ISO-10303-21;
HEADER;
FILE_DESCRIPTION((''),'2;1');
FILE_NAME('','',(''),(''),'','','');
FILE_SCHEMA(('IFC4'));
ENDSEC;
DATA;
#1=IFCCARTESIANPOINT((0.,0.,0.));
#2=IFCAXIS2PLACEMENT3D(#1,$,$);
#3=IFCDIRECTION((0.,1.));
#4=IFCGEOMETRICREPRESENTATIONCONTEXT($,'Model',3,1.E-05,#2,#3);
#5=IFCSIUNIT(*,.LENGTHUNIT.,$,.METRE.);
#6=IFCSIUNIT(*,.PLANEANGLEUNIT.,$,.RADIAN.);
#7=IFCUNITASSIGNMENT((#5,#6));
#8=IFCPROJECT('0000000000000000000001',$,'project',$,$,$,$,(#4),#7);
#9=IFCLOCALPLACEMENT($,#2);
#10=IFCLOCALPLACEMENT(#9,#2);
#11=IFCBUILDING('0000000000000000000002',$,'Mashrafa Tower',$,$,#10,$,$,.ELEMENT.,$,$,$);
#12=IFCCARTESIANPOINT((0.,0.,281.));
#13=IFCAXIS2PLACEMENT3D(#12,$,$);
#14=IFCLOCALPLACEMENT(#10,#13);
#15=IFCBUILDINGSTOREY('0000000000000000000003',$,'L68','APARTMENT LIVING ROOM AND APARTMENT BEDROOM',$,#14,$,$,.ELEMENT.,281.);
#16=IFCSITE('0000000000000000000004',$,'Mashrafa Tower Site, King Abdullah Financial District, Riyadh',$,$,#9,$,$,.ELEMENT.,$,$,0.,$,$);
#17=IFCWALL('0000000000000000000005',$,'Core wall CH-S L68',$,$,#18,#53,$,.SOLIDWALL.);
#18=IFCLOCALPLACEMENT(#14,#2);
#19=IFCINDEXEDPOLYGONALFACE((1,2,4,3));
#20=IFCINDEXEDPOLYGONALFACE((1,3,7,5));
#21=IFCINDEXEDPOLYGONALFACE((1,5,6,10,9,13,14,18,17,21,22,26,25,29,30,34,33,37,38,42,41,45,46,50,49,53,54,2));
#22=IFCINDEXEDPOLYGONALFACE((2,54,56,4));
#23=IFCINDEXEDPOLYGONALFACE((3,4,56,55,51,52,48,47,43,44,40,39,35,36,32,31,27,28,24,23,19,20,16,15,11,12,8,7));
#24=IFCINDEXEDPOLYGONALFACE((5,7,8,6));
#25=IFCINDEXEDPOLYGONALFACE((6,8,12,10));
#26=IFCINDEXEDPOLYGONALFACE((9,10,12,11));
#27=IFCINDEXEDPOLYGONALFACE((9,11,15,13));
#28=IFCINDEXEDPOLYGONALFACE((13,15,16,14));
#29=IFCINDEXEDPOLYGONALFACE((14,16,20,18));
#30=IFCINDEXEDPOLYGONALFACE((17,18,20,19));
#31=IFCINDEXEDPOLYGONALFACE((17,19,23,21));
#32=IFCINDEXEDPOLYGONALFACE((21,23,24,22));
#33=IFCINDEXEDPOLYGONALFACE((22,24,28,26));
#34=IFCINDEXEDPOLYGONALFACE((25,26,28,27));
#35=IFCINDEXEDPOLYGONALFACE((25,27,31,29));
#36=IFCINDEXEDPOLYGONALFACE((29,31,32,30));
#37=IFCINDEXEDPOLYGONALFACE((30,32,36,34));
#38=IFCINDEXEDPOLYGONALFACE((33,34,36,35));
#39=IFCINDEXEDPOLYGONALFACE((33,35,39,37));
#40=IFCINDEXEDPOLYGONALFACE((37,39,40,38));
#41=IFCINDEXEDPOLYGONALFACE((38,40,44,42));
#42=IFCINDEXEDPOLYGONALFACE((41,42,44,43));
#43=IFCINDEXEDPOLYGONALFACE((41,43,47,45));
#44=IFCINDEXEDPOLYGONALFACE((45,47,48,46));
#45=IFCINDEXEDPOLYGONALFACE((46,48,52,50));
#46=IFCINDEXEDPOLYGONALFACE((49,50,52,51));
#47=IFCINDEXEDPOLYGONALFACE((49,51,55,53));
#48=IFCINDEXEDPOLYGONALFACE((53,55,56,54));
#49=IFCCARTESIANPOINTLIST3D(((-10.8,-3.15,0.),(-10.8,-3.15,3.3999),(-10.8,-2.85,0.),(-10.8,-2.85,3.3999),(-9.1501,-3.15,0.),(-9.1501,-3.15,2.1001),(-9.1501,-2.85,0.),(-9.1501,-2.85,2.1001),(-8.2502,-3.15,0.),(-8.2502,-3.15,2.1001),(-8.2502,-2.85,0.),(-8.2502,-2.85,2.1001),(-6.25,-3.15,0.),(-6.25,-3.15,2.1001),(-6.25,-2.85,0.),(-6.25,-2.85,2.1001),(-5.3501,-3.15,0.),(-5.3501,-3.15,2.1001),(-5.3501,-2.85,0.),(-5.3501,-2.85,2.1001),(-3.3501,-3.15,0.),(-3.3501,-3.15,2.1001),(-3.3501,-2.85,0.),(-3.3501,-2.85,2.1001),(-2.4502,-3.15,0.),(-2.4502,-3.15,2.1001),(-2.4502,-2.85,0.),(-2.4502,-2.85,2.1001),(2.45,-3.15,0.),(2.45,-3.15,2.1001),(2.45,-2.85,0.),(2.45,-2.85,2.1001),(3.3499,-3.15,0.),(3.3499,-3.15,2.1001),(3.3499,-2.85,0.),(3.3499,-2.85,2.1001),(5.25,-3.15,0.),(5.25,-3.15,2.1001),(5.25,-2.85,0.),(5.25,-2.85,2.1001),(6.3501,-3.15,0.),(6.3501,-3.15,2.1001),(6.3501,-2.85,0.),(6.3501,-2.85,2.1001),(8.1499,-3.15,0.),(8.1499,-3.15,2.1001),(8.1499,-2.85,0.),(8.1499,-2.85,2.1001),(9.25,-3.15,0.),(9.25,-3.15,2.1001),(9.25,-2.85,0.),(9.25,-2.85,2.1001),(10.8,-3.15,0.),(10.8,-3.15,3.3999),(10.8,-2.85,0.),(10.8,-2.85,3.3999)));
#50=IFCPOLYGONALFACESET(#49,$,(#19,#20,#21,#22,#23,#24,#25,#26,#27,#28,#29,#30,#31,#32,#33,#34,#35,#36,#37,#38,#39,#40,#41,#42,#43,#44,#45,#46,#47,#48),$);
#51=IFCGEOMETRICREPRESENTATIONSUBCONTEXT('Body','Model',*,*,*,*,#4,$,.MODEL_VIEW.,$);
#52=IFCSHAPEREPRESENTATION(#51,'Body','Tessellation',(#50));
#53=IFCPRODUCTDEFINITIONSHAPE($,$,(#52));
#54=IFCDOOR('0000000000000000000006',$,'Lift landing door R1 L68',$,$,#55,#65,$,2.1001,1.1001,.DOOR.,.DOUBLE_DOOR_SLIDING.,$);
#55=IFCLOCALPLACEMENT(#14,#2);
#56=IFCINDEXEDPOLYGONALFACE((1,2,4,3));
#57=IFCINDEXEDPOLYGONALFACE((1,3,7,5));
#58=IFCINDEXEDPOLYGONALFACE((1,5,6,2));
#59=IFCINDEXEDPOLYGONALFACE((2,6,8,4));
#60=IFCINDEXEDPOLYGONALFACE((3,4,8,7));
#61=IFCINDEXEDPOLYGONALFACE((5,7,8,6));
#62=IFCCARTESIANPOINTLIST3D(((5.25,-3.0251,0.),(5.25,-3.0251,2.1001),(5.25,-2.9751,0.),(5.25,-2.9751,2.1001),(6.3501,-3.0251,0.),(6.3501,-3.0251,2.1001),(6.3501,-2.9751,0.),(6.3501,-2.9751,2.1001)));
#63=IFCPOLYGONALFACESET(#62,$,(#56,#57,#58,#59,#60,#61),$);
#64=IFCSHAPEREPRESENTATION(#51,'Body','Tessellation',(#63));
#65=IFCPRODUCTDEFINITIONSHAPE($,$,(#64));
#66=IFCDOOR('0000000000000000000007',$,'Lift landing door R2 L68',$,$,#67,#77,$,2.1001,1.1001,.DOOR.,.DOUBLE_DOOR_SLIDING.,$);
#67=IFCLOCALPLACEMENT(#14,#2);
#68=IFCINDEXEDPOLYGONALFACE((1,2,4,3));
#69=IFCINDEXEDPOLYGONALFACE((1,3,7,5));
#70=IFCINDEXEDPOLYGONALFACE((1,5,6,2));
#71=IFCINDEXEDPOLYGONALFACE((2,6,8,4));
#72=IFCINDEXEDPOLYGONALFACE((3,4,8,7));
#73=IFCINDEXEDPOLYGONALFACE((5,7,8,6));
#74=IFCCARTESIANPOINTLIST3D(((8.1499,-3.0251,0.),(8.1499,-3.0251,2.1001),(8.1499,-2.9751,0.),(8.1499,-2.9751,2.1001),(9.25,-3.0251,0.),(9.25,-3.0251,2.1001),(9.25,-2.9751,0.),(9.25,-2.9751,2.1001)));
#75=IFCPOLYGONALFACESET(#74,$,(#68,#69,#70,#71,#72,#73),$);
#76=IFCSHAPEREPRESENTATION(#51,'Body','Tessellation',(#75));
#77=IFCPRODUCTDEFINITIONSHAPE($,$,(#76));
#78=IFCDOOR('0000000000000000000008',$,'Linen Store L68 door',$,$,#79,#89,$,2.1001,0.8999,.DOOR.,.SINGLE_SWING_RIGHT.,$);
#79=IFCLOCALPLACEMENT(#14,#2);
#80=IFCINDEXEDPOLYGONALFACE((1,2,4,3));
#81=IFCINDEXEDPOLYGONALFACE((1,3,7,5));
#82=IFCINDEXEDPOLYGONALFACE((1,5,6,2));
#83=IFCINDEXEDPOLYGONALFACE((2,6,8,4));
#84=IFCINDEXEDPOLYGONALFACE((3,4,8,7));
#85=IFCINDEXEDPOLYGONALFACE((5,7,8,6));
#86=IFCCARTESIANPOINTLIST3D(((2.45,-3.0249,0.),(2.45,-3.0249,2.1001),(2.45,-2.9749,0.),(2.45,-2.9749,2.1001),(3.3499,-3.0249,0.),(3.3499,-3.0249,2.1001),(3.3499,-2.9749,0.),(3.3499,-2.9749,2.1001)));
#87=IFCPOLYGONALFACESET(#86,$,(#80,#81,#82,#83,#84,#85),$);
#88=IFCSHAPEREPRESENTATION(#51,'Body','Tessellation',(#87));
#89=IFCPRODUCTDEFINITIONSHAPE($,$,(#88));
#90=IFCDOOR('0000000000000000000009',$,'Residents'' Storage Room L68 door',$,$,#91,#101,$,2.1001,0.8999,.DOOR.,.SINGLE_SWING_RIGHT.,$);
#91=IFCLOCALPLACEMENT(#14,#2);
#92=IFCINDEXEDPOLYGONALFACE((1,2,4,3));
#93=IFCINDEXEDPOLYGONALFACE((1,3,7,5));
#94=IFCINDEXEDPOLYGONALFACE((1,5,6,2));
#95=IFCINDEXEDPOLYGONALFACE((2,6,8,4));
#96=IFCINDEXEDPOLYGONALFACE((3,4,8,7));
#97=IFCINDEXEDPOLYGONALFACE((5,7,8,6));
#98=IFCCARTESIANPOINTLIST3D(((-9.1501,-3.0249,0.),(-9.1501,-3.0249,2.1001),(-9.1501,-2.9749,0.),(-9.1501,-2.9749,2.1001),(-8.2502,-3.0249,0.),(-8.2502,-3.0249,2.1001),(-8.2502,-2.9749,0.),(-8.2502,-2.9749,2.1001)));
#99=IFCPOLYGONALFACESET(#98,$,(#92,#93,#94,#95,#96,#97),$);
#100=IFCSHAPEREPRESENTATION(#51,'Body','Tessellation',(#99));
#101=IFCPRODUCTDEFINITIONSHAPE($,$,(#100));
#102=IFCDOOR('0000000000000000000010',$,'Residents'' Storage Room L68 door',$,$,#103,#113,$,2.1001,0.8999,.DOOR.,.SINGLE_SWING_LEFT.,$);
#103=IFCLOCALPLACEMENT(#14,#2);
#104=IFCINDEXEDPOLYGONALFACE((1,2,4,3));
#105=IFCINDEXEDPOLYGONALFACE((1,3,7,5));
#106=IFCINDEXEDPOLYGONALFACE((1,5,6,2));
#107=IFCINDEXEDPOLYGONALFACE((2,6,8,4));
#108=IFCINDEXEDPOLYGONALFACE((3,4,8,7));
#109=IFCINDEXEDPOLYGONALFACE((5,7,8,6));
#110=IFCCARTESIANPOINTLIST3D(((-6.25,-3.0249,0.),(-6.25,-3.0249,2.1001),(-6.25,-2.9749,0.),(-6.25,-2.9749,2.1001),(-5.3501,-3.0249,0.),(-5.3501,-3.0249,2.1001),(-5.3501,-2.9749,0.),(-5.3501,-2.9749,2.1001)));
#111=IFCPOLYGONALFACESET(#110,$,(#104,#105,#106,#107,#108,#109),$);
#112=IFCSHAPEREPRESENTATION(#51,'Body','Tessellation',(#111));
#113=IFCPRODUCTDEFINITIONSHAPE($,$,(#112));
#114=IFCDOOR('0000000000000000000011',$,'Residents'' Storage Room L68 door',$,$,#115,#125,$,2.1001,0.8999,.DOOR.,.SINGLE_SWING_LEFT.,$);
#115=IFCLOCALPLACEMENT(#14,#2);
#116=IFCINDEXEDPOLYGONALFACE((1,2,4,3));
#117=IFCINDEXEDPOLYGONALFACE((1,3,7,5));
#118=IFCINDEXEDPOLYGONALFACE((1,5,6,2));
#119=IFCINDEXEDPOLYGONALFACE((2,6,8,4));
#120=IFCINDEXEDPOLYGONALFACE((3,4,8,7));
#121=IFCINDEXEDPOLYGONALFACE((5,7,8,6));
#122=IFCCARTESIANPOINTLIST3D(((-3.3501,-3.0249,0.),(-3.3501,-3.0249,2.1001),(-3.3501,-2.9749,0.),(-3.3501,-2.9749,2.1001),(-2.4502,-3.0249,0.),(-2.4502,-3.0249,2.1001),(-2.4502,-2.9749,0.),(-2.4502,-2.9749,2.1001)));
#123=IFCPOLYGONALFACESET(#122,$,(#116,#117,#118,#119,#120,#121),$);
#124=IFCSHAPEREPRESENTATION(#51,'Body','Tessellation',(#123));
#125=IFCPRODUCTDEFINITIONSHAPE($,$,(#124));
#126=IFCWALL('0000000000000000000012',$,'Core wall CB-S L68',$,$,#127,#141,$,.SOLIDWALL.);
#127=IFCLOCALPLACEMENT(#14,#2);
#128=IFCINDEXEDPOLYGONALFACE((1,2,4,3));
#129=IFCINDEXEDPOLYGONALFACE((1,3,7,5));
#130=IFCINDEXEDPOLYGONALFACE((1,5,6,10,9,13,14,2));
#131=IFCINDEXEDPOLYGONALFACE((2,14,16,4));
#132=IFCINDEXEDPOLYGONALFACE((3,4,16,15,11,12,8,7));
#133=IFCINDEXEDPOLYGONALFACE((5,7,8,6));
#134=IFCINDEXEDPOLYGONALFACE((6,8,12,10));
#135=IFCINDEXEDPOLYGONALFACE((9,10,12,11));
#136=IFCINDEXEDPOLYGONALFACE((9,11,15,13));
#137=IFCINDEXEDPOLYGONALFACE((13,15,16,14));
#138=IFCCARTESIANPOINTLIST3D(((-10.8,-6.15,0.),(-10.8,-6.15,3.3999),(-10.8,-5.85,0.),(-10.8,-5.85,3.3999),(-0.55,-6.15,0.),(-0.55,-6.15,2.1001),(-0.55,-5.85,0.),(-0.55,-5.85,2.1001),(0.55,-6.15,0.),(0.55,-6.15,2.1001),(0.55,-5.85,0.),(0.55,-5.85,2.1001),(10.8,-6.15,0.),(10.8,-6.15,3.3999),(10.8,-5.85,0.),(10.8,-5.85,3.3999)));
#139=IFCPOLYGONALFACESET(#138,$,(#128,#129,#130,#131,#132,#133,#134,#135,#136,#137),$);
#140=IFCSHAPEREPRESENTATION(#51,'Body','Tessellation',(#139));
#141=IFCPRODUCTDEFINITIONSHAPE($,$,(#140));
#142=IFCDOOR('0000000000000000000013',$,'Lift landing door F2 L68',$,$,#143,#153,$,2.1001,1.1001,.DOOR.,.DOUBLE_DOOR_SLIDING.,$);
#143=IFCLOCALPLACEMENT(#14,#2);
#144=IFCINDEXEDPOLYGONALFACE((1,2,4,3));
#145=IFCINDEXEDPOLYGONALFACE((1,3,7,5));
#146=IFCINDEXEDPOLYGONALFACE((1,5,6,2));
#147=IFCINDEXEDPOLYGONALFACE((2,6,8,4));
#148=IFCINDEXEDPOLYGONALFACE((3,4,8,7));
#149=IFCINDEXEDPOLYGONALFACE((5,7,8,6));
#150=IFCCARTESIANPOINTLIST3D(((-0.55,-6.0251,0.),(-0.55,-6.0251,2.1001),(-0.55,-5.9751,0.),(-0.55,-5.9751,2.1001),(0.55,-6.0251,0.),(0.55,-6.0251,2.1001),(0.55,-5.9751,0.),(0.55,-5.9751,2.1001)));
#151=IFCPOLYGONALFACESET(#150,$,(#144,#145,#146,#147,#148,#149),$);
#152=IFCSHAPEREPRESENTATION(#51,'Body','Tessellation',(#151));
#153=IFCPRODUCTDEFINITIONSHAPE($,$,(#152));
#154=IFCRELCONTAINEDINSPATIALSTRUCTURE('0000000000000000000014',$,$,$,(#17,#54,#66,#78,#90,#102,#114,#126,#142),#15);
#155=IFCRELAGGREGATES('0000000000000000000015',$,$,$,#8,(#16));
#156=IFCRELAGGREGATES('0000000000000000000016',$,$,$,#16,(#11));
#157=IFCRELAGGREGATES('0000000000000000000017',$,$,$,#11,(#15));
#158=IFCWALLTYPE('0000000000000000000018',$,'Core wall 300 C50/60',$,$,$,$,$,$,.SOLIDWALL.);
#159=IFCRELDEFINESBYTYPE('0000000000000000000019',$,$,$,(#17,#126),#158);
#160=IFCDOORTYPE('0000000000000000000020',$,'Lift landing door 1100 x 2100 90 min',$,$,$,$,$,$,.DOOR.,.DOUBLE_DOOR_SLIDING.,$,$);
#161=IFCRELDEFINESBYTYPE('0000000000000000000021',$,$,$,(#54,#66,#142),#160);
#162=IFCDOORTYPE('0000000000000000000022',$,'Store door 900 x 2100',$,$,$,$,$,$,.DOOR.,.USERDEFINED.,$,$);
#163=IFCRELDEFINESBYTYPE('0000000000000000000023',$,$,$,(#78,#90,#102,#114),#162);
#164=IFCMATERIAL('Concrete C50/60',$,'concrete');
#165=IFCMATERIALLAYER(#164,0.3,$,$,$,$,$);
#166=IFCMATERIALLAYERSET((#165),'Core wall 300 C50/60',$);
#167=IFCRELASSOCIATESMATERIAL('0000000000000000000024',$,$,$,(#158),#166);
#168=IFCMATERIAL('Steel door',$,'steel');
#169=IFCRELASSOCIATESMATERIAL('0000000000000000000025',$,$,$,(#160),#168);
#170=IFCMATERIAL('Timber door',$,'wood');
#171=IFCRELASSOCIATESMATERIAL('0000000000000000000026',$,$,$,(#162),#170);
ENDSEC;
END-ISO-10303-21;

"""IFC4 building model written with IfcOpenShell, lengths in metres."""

from ifc_helpers import new_model, si_unit, direction, frame, frame_2d, origin, place, context, subcontext, project, spatial, rectangle, extrude, material, layer, layer_set, type_object, element, fill, save


model = new_model("IFC4")

# Units and contexts
model_context = context("Model", 3, precision=1e-05, world=origin(), true_north=direction((0.0, 1.0)))
body_context = subcontext(model_context, "Body", "Model", "MODEL_VIEW")
ifc_project = project(units=[si_unit("LENGTHUNIT", "METRE"), si_unit("PLANEANGLEUNIT", "RADIAN")], contexts=[model_context])

# Site, building, storey
site_placement = place(None, origin())
site = spatial("IfcSite", under=ifc_project, at=site_placement, Name="Mashrafa Tower Site, King Abdullah Financial District, Riyadh", CompositionType="ELEMENT", RefElevation=0.0)
building_placement = place(site_placement, origin())
building = spatial("IfcBuilding", under=site, at=building_placement, Name="Mashrafa Tower", CompositionType="ELEMENT")
storey_placement = place(building_placement, frame((0.0, 0.0, 281.0)))
storey = spatial("IfcBuildingStorey", under=building, at=storey_placement, Name="L68", Description="APARTMENT LIVING ROOM AND APARTMENT BEDROOM", CompositionType="ELEMENT", Elevation=281.0)

# Wall, openings, doors
ifc_material_1 = material(Name="Concrete C50/60", Category="concrete")
ifc_layer_1 = layer(ifc_material_1, 0.3)
ifc_layer_set_1 = layer_set([ifc_layer_1], Name="Core wall 300 C50/60")
wall_type_1 = type_object("IfcWallType", Name="Core wall 300 C50/60", PredefinedType="SOLIDWALL", material=ifc_layer_set_1)
wall_1_placement = place(storey_placement, frame((-10.8, -3.0, 0.0), z_axis=(0.0, 0.0, 1.0), x_axis=(1.0, 0.0, 0.0)))
wall_1 = element("IfcWall", 1, at=wall_1_placement, inside=storey, type_object=wall_type_1, Name="Core wall CH-S L68", PredefinedType="SOLIDWALL", context=body_context, shape_type="SweptSolid", body=[
    extrude(rectangle(XDim=21.6001, YDim=0.3, at=frame_2d((10.8, 0.0))), origin(), (0.0, 0.0, 1.0), 3.3999),
])
opening_1_placement = place(wall_1_placement, frame((13.25, 0.0, 0.0)))
opening_1 = element("IfcOpeningElement", 2, at=opening_1_placement, cuts=wall_1, PredefinedType="OPENING", context=body_context, shape_type="SweptSolid", body=[
    extrude(rectangle(XDim=0.8999, YDim=2.1001, at=frame_2d((0.45, 1.05))), frame((0.0, 0.1599, 0.0), z_axis=(0.0, -1.0, 0.0), x_axis=(1.0, 0.0, 0.0)), (0.0, 0.0, 1.0), 0.3201),
])
opening_2_placement = place(wall_1_placement, frame((1.6499, 0.0, 0.0)))
opening_2 = element("IfcOpeningElement", 3, at=opening_2_placement, cuts=wall_1, PredefinedType="OPENING", context=body_context, shape_type="SweptSolid", body=[
    extrude(rectangle(XDim=0.8999, YDim=2.1001, at=frame_2d((0.45, 1.05))), frame((0.0, 0.1599, 0.0), z_axis=(0.0, -1.0, 0.0), x_axis=(1.0, 0.0, 0.0)), (0.0, 0.0, 1.0), 0.3201),
])
opening_3_placement = place(wall_1_placement, frame((4.55, 0.0, 0.0)))
opening_3 = element("IfcOpeningElement", 4, at=opening_3_placement, cuts=wall_1, PredefinedType="OPENING", context=body_context, shape_type="SweptSolid", body=[
    extrude(rectangle(XDim=0.8999, YDim=2.1001, at=frame_2d((0.45, 1.05))), frame((0.0, 0.1599, 0.0), z_axis=(0.0, -1.0, 0.0), x_axis=(1.0, 0.0, 0.0)), (0.0, 0.0, 1.0), 0.3201),
])
opening_4_placement = place(wall_1_placement, frame((7.45, 0.0, 0.0)))
opening_4 = element("IfcOpeningElement", 5, at=opening_4_placement, cuts=wall_1, PredefinedType="OPENING", context=body_context, shape_type="SweptSolid", body=[
    extrude(rectangle(XDim=0.8999, YDim=2.1001, at=frame_2d((0.45, 1.05))), frame((0.0, 0.1599, 0.0), z_axis=(0.0, -1.0, 0.0), x_axis=(1.0, 0.0, 0.0)), (0.0, 0.0, 1.0), 0.3201),
])
opening_5_placement = place(wall_1_placement, frame((16.05, 0.0, 0.0)))
opening_5 = element("IfcOpeningElement", 6, at=opening_5_placement, cuts=wall_1, PredefinedType="OPENING", context=body_context, shape_type="SweptSolid", body=[
    extrude(rectangle(XDim=1.1001, YDim=2.1001, at=frame_2d((0.55, 1.05))), frame((0.0, 0.1599, 0.0), z_axis=(0.0, -1.0, 0.0), x_axis=(1.0, 0.0, 0.0)), (0.0, 0.0, 1.0), 0.3201),
])
opening_6_placement = place(wall_1_placement, frame((18.95, 0.0, 0.0)))
opening_6 = element("IfcOpeningElement", 7, at=opening_6_placement, cuts=wall_1, PredefinedType="OPENING", context=body_context, shape_type="SweptSolid", body=[
    extrude(rectangle(XDim=1.1001, YDim=2.1001, at=frame_2d((0.55, 1.05))), frame((0.0, 0.1599, 0.0), z_axis=(0.0, -1.0, 0.0), x_axis=(1.0, 0.0, 0.0)), (0.0, 0.0, 1.0), 0.3201),
])
ifc_material_2 = material(Name="Steel door", Category="steel")
door_type_1 = type_object("IfcDoorType", Name="Lift landing door 1100 x 2100 90 min", OperationType="DOUBLE_DOOR_SLIDING", PredefinedType="DOOR", material=ifc_material_2)
door_1_placement = place(opening_5_placement, origin())
door_1 = element("IfcDoor", 8, at=door_1_placement, inside=storey, type_object=door_type_1, Name="Lift landing door R1 L68", OperationType="DOUBLE_DOOR_SLIDING", OverallHeight=2.1001, OverallWidth=1.1001, PredefinedType="DOOR", context=body_context, shape_type="SweptSolid", body=[
    extrude(rectangle(XDim=1.1001, YDim=2.1001, at=frame_2d((0.55, 1.05))), frame((0.0, 0.0249, 0.0), z_axis=(0.0, -1.0, 0.0), x_axis=(1.0, 0.0, 0.0)), (0.0, 0.0, 1.0), 0.05),
])
fill(opening_5, door_1)
door_2_placement = place(opening_6_placement, origin())
door_2 = element("IfcDoor", 9, at=door_2_placement, inside=storey, type_object=door_type_1, Name="Lift landing door R2 L68", OperationType="DOUBLE_DOOR_SLIDING", OverallHeight=2.1001, OverallWidth=1.1001, PredefinedType="DOOR", context=body_context, shape_type="SweptSolid", body=[
    extrude(rectangle(XDim=1.1001, YDim=2.1001, at=frame_2d((0.55, 1.05))), frame((0.0, 0.0249, 0.0), z_axis=(0.0, -1.0, 0.0), x_axis=(1.0, 0.0, 0.0)), (0.0, 0.0, 1.0), 0.05),
])
fill(opening_6, door_2)
ifc_material_3 = material(Name="Timber door", Category="wood")
door_type_2 = type_object("IfcDoorType", Name="Store door 900 x 2100", OperationType="USERDEFINED", PredefinedType="DOOR", material=ifc_material_3)
door_3_placement = place(opening_1_placement, frame((0.8999, 0.0, 0.0), z_axis=(0.0, 0.0, 1.0), x_axis=(-1.0, 0.0, 0.0)))
door_3 = element("IfcDoor", 10, at=door_3_placement, inside=storey, type_object=door_type_2, Name="Linen Store L68 door", OperationType="SINGLE_SWING_RIGHT", OverallHeight=2.1001, OverallWidth=0.8999, PredefinedType="DOOR", context=body_context, shape_type="SweptSolid", body=[
    extrude(rectangle(XDim=0.8999, YDim=2.1001, at=frame_2d((0.45, 1.05))), frame((0.0, 0.0249, 0.0), z_axis=(0.0, -1.0, 0.0), x_axis=(1.0, 0.0, 0.0)), (0.0, 0.0, 1.0), 0.05),
])
fill(opening_1, door_3)
door_4_placement = place(opening_2_placement, frame((0.8999, 0.0, 0.0), z_axis=(0.0, 0.0, 1.0), x_axis=(-1.0, 0.0, 0.0)))
door_4 = element("IfcDoor", 11, at=door_4_placement, inside=storey, type_object=door_type_2, Name="Residents' Storage Room L68 door", OperationType="SINGLE_SWING_RIGHT", OverallHeight=2.1001, OverallWidth=0.8999, PredefinedType="DOOR", context=body_context, shape_type="SweptSolid", body=[
    extrude(rectangle(XDim=0.8999, YDim=2.1001, at=frame_2d((0.45, 1.05))), frame((0.0, 0.0249, 0.0), z_axis=(0.0, -1.0, 0.0), x_axis=(1.0, 0.0, 0.0)), (0.0, 0.0, 1.0), 0.05),
])
fill(opening_2, door_4)
door_5_placement = place(opening_3_placement, frame((0.8999, 0.0, 0.0), z_axis=(0.0, 0.0, 1.0), x_axis=(-1.0, 0.0, 0.0)))
door_5 = element("IfcDoor", 12, at=door_5_placement, inside=storey, type_object=door_type_2, Name="Residents' Storage Room L68 door", OperationType="SINGLE_SWING_LEFT", OverallHeight=2.1001, OverallWidth=0.8999, PredefinedType="DOOR", context=body_context, shape_type="SweptSolid", body=[
    extrude(rectangle(XDim=0.8999, YDim=2.1001, at=frame_2d((0.45, 1.05))), frame((0.0, 0.0249, 0.0), z_axis=(0.0, -1.0, 0.0), x_axis=(1.0, 0.0, 0.0)), (0.0, 0.0, 1.0), 0.05),
])
fill(opening_3, door_5)
door_6_placement = place(opening_4_placement, frame((0.8999, 0.0, 0.0), z_axis=(0.0, 0.0, 1.0), x_axis=(-1.0, 0.0, 0.0)))
door_6 = element("IfcDoor", 13, at=door_6_placement, inside=storey, type_object=door_type_2, Name="Residents' Storage Room L68 door", OperationType="SINGLE_SWING_LEFT", OverallHeight=2.1001, OverallWidth=0.8999, PredefinedType="DOOR", context=body_context, shape_type="SweptSolid", body=[
    extrude(rectangle(XDim=0.8999, YDim=2.1001, at=frame_2d((0.45, 1.05))), frame((0.0, 0.0249, 0.0), z_axis=(0.0, -1.0, 0.0), x_axis=(1.0, 0.0, 0.0)), (0.0, 0.0, 1.0), 0.05),
])
fill(opening_4, door_6)

# Wall, opening, door
wall_2_placement = place(storey_placement, frame((-10.8, -6.0, 0.0), z_axis=(0.0, 0.0, 1.0), x_axis=(1.0, 0.0, 0.0)))
wall_2 = element("IfcWall", 14, at=wall_2_placement, inside=storey, type_object=wall_type_1, Name="Core wall CB-S L68", PredefinedType="SOLIDWALL", context=body_context, shape_type="SweptSolid", body=[
    extrude(rectangle(XDim=21.6001, YDim=0.3, at=frame_2d((10.8, 0.0))), origin(), (0.0, 0.0, 1.0), 3.3999),
])
opening_7_placement = place(wall_2_placement, frame((10.25, 0.0, 0.0)))
opening_7 = element("IfcOpeningElement", 15, at=opening_7_placement, cuts=wall_2, PredefinedType="OPENING", context=body_context, shape_type="SweptSolid", body=[
    extrude(rectangle(XDim=1.1001, YDim=2.1001, at=frame_2d((0.55, 1.05))), frame((0.0, 0.1599, 0.0), z_axis=(0.0, -1.0, 0.0), x_axis=(1.0, 0.0, 0.0)), (0.0, 0.0, 1.0), 0.3201),
])
door_7_placement = place(opening_7_placement, origin())
door_7 = element("IfcDoor", 16, at=door_7_placement, inside=storey, type_object=door_type_1, Name="Lift landing door F2 L68", OperationType="DOUBLE_DOOR_SLIDING", OverallHeight=2.1001, OverallWidth=1.1001, PredefinedType="DOOR", context=body_context, shape_type="SweptSolid", body=[
    extrude(rectangle(XDim=1.1001, YDim=2.1001, at=frame_2d((0.55, 1.05))), frame((0.0, 0.0249, 0.0), z_axis=(0.0, -1.0, 0.0), x_axis=(1.0, 0.0, 0.0)), (0.0, 0.0, 1.0), 0.05),
])
fill(opening_7, door_7)

save(model, "model.ifc")
